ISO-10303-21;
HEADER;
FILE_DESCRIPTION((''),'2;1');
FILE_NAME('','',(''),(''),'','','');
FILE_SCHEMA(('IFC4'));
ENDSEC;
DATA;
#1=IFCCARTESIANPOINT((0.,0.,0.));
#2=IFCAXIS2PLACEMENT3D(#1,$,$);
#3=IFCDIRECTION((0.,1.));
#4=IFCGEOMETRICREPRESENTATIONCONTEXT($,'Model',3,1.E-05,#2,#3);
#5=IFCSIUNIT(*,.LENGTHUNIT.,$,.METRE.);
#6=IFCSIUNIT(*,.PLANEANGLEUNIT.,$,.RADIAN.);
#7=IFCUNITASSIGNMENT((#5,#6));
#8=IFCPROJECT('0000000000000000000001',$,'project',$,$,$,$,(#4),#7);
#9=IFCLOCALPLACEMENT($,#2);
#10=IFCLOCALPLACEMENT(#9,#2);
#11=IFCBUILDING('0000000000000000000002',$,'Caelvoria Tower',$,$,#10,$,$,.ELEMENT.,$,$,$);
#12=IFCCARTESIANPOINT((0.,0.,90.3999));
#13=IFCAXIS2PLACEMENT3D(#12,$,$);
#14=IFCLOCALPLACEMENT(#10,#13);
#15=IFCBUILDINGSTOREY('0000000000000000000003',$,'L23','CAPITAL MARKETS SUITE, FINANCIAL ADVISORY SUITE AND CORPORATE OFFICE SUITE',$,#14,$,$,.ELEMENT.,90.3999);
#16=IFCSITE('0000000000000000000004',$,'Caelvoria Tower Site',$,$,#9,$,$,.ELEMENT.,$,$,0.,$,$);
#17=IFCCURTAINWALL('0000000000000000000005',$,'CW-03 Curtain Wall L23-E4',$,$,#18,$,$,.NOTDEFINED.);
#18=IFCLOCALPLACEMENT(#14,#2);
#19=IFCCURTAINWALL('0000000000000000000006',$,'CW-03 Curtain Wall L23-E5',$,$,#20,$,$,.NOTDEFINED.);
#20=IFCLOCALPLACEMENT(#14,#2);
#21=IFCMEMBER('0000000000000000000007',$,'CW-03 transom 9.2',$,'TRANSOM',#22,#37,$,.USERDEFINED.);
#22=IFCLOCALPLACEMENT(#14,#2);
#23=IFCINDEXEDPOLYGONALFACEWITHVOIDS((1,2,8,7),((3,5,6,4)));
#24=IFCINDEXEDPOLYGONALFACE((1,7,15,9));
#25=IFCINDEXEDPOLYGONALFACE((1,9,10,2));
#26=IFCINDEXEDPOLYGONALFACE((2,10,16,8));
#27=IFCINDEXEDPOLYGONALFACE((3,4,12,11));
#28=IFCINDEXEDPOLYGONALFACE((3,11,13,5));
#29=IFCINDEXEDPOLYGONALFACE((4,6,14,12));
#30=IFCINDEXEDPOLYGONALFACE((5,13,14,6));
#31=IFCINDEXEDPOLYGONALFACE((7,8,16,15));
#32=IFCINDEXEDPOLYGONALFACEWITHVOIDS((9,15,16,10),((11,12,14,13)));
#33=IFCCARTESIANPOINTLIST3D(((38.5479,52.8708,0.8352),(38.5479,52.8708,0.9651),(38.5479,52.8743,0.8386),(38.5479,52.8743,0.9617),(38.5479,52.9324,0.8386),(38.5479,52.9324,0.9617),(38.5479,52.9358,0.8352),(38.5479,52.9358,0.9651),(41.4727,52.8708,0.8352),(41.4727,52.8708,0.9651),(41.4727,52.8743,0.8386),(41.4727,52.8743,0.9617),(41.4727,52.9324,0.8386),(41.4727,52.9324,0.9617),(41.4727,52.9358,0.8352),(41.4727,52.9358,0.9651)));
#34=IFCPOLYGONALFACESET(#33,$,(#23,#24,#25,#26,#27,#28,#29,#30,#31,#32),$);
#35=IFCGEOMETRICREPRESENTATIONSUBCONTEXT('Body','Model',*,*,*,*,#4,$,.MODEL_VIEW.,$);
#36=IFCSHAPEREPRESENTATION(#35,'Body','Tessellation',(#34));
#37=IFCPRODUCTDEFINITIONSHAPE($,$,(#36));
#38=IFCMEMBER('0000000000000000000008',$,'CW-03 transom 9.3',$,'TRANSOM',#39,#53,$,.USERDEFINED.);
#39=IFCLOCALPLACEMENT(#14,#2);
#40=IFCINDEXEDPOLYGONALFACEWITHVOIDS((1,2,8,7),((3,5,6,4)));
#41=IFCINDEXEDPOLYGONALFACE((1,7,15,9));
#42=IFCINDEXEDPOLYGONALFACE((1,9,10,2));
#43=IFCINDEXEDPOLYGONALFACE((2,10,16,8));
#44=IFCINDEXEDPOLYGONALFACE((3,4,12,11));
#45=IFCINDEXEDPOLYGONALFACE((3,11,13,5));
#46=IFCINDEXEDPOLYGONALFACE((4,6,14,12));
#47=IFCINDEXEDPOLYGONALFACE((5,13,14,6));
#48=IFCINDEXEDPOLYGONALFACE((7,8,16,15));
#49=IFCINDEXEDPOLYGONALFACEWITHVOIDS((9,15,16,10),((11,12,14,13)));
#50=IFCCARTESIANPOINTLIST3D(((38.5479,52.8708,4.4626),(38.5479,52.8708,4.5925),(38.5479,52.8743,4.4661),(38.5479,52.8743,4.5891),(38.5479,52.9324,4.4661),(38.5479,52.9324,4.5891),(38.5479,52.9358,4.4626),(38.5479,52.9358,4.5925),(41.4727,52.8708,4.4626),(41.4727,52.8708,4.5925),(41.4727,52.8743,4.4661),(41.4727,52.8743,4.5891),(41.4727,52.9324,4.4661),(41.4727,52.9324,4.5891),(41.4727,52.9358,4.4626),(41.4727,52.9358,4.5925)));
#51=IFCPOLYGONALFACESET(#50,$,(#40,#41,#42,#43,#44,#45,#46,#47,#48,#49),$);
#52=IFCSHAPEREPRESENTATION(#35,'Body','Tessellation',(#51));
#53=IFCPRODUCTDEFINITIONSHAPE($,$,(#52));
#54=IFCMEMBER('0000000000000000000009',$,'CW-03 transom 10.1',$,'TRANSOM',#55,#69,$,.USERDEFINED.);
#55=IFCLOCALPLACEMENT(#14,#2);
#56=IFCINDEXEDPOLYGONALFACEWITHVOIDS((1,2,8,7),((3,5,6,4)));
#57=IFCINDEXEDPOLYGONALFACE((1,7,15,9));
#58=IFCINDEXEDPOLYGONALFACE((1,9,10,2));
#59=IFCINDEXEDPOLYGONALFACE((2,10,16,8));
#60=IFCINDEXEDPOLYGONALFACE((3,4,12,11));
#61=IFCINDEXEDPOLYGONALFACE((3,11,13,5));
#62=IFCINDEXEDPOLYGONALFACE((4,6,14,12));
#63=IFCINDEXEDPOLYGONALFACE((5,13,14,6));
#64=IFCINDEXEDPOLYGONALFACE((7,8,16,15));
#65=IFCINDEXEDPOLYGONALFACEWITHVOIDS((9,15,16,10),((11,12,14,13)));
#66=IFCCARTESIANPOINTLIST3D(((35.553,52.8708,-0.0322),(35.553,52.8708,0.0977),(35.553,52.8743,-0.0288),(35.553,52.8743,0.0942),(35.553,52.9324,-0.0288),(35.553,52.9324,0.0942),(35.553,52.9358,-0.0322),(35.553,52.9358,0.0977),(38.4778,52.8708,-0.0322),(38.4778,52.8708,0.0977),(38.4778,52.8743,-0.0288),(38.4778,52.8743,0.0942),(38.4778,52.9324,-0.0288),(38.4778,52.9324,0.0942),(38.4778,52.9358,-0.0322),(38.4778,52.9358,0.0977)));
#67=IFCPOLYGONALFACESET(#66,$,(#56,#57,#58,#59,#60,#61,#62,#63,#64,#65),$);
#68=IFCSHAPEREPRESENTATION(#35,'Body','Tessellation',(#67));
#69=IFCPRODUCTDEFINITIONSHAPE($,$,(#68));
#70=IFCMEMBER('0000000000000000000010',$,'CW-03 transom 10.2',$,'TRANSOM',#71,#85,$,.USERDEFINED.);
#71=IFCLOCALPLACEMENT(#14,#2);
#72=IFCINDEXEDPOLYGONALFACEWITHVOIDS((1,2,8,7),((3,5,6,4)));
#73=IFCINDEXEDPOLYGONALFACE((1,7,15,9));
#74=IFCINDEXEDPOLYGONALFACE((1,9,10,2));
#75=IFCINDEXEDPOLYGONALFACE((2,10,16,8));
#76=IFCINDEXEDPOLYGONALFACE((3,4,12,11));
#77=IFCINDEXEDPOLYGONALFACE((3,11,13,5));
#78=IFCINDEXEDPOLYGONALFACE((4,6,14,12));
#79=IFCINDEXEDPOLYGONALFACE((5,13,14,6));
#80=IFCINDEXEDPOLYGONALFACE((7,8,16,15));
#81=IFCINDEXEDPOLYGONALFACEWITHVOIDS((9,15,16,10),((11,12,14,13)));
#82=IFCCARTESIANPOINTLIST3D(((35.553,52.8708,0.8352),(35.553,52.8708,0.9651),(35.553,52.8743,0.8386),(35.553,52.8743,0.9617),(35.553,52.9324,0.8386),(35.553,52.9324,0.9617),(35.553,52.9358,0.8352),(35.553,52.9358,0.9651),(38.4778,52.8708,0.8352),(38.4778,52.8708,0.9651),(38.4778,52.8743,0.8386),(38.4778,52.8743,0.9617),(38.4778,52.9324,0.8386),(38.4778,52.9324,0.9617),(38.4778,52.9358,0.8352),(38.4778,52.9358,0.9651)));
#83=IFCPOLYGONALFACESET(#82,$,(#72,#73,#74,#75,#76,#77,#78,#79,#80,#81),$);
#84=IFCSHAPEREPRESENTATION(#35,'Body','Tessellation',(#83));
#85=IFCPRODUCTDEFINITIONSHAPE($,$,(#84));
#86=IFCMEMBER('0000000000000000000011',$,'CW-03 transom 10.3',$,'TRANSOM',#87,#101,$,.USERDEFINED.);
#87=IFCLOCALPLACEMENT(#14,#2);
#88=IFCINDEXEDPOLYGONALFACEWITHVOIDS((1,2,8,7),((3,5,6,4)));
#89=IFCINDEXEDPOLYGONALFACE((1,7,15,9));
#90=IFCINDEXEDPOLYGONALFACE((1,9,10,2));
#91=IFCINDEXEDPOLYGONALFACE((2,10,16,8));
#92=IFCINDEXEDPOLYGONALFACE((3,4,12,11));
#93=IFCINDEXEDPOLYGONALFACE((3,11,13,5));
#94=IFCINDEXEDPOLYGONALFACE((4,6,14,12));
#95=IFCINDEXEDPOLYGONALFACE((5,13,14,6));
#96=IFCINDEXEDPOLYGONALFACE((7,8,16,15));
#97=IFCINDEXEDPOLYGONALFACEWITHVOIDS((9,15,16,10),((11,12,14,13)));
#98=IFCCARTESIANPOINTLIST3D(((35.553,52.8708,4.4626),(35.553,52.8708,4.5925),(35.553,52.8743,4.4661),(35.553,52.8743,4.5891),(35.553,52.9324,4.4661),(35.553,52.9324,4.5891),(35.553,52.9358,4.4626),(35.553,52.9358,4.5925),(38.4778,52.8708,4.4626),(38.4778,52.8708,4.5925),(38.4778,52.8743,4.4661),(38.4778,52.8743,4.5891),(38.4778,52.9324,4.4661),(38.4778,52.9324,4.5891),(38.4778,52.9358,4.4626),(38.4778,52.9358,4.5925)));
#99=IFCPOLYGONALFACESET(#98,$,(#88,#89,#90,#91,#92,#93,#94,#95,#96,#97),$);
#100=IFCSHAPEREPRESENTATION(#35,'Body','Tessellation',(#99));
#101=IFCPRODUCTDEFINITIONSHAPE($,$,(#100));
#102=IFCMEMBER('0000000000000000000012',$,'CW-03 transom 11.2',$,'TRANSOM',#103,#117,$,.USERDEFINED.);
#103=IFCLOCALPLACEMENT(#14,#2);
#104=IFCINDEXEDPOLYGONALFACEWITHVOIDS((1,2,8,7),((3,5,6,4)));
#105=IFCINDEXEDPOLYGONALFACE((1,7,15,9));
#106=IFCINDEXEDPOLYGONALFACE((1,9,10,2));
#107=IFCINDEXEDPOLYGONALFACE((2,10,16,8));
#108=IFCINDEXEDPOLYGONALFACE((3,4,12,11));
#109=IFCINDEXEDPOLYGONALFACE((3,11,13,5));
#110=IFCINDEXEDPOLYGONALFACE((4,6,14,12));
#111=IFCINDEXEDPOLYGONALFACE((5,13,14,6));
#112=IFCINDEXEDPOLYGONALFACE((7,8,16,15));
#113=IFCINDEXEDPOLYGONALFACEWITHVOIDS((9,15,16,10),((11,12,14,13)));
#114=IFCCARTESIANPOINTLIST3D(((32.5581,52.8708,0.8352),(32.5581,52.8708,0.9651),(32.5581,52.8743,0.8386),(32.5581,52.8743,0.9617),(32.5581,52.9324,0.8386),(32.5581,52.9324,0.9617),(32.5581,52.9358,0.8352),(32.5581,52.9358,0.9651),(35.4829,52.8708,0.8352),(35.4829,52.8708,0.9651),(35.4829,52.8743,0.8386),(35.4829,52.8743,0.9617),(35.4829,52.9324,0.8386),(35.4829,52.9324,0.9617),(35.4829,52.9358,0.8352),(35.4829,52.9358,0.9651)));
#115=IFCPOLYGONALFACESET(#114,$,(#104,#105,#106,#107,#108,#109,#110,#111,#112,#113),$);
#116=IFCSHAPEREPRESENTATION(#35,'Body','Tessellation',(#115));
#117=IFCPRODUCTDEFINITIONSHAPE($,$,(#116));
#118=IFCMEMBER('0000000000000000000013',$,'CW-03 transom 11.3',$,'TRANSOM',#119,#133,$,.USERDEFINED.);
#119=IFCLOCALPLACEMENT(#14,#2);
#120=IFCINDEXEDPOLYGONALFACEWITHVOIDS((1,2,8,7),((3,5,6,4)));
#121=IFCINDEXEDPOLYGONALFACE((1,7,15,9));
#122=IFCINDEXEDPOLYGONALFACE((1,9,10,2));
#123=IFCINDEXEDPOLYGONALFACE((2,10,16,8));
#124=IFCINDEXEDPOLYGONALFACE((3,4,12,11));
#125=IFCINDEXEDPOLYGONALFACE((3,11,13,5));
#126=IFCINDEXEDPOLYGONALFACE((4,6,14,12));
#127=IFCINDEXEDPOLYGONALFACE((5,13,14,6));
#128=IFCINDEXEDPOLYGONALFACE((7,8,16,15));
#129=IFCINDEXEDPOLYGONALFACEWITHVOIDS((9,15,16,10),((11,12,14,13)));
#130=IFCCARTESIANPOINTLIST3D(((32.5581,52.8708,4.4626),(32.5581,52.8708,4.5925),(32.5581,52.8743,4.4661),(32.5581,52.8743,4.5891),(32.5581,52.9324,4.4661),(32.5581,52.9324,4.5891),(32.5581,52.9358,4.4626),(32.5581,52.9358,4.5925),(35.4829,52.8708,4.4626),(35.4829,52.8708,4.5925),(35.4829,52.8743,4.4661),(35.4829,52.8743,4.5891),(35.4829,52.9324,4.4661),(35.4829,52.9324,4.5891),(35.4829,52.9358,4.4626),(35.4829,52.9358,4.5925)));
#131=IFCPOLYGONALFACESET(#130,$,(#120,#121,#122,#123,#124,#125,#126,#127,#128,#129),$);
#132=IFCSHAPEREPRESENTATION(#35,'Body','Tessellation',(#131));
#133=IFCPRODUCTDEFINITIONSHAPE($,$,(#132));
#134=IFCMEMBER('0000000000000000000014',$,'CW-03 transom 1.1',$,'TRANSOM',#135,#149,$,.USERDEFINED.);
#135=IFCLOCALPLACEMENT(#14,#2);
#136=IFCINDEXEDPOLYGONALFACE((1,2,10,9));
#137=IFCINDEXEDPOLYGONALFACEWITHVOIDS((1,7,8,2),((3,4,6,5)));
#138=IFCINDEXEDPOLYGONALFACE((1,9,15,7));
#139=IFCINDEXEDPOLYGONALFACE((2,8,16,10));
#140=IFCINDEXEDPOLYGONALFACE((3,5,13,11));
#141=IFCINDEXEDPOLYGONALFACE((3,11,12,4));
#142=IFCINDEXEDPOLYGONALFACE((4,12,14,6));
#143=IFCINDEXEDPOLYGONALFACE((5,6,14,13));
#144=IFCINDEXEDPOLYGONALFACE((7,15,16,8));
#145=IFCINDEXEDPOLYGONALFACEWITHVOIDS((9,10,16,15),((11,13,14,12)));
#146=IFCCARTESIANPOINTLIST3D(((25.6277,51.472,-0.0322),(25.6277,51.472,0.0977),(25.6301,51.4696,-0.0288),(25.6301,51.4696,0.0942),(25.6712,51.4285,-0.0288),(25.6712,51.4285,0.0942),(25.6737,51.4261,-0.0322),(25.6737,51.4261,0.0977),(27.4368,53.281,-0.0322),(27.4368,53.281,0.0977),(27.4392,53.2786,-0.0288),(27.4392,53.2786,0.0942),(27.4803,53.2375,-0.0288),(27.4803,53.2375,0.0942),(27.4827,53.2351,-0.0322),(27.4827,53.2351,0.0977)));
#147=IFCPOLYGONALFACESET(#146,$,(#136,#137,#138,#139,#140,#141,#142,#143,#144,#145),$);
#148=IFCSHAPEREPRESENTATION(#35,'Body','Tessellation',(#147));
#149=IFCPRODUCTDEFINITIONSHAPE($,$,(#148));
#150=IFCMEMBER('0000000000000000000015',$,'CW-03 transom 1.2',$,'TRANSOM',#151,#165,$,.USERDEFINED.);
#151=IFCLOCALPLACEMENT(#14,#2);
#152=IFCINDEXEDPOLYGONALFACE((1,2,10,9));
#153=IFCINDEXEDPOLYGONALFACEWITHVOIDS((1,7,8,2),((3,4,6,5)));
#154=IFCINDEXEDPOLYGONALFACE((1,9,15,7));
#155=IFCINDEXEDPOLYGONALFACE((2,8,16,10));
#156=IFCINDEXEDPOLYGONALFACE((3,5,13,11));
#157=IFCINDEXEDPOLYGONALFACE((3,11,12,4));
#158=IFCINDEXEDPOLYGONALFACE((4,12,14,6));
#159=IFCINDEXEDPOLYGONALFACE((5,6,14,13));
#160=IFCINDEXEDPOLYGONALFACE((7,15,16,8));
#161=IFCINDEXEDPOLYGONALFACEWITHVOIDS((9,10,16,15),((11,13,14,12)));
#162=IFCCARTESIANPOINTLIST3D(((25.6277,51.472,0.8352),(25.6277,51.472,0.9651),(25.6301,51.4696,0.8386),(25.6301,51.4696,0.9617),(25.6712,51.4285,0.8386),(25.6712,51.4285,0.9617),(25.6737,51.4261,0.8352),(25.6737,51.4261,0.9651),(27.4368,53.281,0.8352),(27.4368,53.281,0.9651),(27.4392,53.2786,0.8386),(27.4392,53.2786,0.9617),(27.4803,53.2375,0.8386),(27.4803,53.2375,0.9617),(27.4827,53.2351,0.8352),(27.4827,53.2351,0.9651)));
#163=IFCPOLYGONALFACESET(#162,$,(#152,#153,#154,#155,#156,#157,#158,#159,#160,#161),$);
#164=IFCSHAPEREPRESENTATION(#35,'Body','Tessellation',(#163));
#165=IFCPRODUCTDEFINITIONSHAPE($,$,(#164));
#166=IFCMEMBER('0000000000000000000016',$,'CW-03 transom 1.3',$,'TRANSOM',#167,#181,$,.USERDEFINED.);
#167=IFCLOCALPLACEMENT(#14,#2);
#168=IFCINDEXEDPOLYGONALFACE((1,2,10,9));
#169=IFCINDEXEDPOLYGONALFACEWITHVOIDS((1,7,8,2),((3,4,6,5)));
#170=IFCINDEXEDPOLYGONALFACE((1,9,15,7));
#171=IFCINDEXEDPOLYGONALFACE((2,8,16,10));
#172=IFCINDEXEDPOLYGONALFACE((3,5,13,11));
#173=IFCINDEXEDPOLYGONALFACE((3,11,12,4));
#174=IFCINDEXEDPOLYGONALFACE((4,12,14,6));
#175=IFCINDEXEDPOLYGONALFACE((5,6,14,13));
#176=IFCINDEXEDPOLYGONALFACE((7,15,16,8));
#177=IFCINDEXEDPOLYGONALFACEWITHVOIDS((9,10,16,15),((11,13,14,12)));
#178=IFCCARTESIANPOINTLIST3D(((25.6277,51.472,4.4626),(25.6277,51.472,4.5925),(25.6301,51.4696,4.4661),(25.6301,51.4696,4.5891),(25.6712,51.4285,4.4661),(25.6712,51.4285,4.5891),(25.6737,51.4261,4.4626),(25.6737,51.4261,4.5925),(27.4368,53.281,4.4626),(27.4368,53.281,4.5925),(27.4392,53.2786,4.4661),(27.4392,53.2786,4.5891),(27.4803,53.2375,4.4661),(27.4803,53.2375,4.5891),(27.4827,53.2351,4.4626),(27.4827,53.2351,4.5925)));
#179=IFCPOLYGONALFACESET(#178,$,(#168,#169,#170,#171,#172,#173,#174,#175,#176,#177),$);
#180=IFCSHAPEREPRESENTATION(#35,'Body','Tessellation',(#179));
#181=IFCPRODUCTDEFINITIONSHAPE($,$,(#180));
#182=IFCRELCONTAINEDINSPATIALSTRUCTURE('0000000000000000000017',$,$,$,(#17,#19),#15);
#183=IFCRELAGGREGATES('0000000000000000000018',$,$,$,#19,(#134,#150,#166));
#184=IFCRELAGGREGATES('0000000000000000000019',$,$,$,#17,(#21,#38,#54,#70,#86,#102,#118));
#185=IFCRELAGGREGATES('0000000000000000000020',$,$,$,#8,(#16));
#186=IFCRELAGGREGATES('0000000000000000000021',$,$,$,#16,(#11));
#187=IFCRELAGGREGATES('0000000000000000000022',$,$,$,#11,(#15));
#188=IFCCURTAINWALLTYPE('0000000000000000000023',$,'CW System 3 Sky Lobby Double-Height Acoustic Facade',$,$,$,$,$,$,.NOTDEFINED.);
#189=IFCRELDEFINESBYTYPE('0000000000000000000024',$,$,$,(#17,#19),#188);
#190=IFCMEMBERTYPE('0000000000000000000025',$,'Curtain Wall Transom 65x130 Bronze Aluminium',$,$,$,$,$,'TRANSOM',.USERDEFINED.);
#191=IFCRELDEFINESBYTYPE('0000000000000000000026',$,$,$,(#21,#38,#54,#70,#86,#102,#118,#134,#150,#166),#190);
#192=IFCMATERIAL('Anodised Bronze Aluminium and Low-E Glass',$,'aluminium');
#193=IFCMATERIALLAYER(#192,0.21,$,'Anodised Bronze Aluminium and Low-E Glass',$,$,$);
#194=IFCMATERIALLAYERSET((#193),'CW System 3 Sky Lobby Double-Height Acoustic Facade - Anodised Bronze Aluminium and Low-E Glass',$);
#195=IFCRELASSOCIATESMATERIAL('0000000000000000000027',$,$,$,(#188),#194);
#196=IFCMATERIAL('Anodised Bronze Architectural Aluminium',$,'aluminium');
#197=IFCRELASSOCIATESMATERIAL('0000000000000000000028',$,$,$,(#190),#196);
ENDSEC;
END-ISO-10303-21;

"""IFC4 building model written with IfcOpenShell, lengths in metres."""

from ifc_helpers import new_model, si_unit, direction, frame, origin, origin_2d, place, context, subcontext, project, spatial, hollow_rectangle, extrude, material, layer, layer_set, material_profile, profile_set, type_object, element, aggregate, save


model = new_model("IFC4")

# Units and contexts
model_context = context("Model", 3, precision=1e-05, world=origin(), true_north=direction((0.0, 1.0)))
body_context = subcontext(model_context, "Body", "Model", "MODEL_VIEW")
ifc_project = project(units=[si_unit("LENGTHUNIT", "METRE"), si_unit("PLANEANGLEUNIT", "RADIAN")], contexts=[model_context])

# Site, building, storey
site_placement = place(None, origin())
site = spatial("IfcSite", under=ifc_project, at=site_placement, Name="Caelvoria Tower Site", CompositionType="ELEMENT", RefElevation=0.0)
building_placement = place(site_placement, origin())
building = spatial("IfcBuilding", under=site, at=building_placement, Name="Caelvoria Tower", CompositionType="ELEMENT")
storey_placement = place(building_placement, frame((0.0, 0.0, 90.3999)))
storey = spatial("IfcBuildingStorey", under=building, at=storey_placement, Name="L23", Description="CAPITAL MARKETS SUITE, FINANCIAL ADVISORY SUITE AND CORPORATE OFFICE SUITE", CompositionType="ELEMENT", Elevation=90.3999)

# Curtain wall
ifc_material_1 = material(Name="Anodised Bronze Aluminium and Low-E Glass", Category="aluminium")
ifc_layer_1 = layer(ifc_material_1, 0.21, Name="Anodised Bronze Aluminium and Low-E Glass")
ifc_layer_set_1 = layer_set([ifc_layer_1], Name="CW System 3 Sky Lobby Double-Height Acoustic Facade - Anodised Bronze Aluminium and Low-E Glass")
curtain_wall_type = type_object("IfcCurtainWallType", Name="CW System 3 Sky Lobby Double-Height Acoustic Facade", PredefinedType="NOTDEFINED", material=ifc_layer_set_1)
curtain_wall_1_placement = place(storey_placement, origin())
curtain_wall_1 = element("IfcCurtainWall", 1, at=curtain_wall_1_placement, inside=storey, type_object=curtain_wall_type, Name="CW-03 Curtain Wall L23-E4", PredefinedType="NOTDEFINED")
ifc_material_2 = material(Name="Anodised Bronze Architectural Aluminium", Category="aluminium")

# Curtain wall
curtain_wall_2_placement = place(storey_placement, origin())
curtain_wall_2 = element("IfcCurtainWall", 2, at=curtain_wall_2_placement, inside=storey, type_object=curtain_wall_type, Name="CW-03 Curtain Wall L23-E5", PredefinedType="NOTDEFINED")

# Members
ifc_material_profile_1 = material_profile(ifc_material_2, hollow_rectangle(XDim=0.0649, YDim=0.1299, WallThickness=0.0034, at=origin_2d()), Name="Anodised Bronze Architectural Aluminium")
ifc_profile_set_1 = profile_set([ifc_material_profile_1], Name="CW_TRAN_65X130 - Anodised Bronze Architectural Aluminium")
member_type_1 = type_object("IfcMemberType", Name="Curtain Wall Transom 65x130 Bronze Aluminium", ElementType="TRANSOM", PredefinedType="USERDEFINED", material=ifc_profile_set_1)
member_1_placement = place(storey_placement, frame((41.4727, 52.9033, 0.9001), z_axis=(-1.0, 0.0, 0.0), x_axis=(0.0, -1.0, 0.0)))
member_1 = element("IfcMember", 3, at=member_1_placement, type_object=member_type_1, Name="CW-03 transom 9.2", ObjectType="TRANSOM", PredefinedType="USERDEFINED", context=body_context, shape_type="SweptSolid", body=[
    extrude(hollow_rectangle(XDim=0.0649, YDim=0.1299, WallThickness=0.0034, at=origin_2d()), origin(), (0.0, 0.0, 1.0), 2.9248),
])
member_2_placement = place(storey_placement, frame((41.4727, 52.9033, 4.5276), z_axis=(-1.0, 0.0, 0.0), x_axis=(0.0, -1.0, 0.0)))
member_2 = element("IfcMember", 4, at=member_2_placement, type_object=member_type_1, Name="CW-03 transom 9.3", ObjectType="TRANSOM", PredefinedType="USERDEFINED", context=body_context, shape_type="SweptSolid", body=[
    extrude(hollow_rectangle(XDim=0.0649, YDim=0.1299, WallThickness=0.0034, at=origin_2d()), origin(), (0.0, 0.0, 1.0), 2.9248),
])
member_3_placement = place(storey_placement, frame((38.4778, 52.9033, 0.0327), z_axis=(-1.0, 0.0, 0.0), x_axis=(0.0, -1.0, 0.0)))
member_3 = element("IfcMember", 5, at=member_3_placement, type_object=member_type_1, Name="CW-03 transom 10.1", ObjectType="TRANSOM", PredefinedType="USERDEFINED", context=body_context, shape_type="SweptSolid", body=[
    extrude(hollow_rectangle(XDim=0.0649, YDim=0.1299, WallThickness=0.0034, at=origin_2d()), origin(), (0.0, 0.0, 1.0), 2.9248),
])
member_4_placement = place(storey_placement, frame((38.4778, 52.9033, 0.9001), z_axis=(-1.0, 0.0, 0.0), x_axis=(0.0, -1.0, 0.0)))
member_4 = element("IfcMember", 6, at=member_4_placement, type_object=member_type_1, Name="CW-03 transom 10.2", ObjectType="TRANSOM", PredefinedType="USERDEFINED", context=body_context, shape_type="SweptSolid", body=[
    extrude(hollow_rectangle(XDim=0.0649, YDim=0.1299, WallThickness=0.0034, at=origin_2d()), origin(), (0.0, 0.0, 1.0), 2.9248),
])
member_5_placement = place(storey_placement, frame((38.4778, 52.9033, 4.5276), z_axis=(-1.0, 0.0, 0.0), x_axis=(0.0, -1.0, 0.0)))
member_5 = element("IfcMember", 7, at=member_5_placement, type_object=member_type_1, Name="CW-03 transom 10.3", ObjectType="TRANSOM", PredefinedType="USERDEFINED", context=body_context, shape_type="SweptSolid", body=[
    extrude(hollow_rectangle(XDim=0.0649, YDim=0.1299, WallThickness=0.0034, at=origin_2d()), origin(), (0.0, 0.0, 1.0), 2.9248),
])
member_6_placement = place(storey_placement, frame((35.4829, 52.9033, 0.9001), z_axis=(-1.0, 0.0, 0.0), x_axis=(0.0, -1.0, 0.0)))
member_6 = element("IfcMember", 8, at=member_6_placement, type_object=member_type_1, Name="CW-03 transom 11.2", ObjectType="TRANSOM", PredefinedType="USERDEFINED", context=body_context, shape_type="SweptSolid", body=[
    extrude(hollow_rectangle(XDim=0.0649, YDim=0.1299, WallThickness=0.0034, at=origin_2d()), origin(), (0.0, 0.0, 1.0), 2.9248),
])
member_7_placement = place(storey_placement, frame((35.4829, 52.9033, 4.5276), z_axis=(-1.0, 0.0, 0.0), x_axis=(0.0, -1.0, 0.0)))
member_7 = element("IfcMember", 9, at=member_7_placement, type_object=member_type_1, Name="CW-03 transom 11.3", ObjectType="TRANSOM", PredefinedType="USERDEFINED", context=body_context, shape_type="SweptSolid", body=[
    extrude(hollow_rectangle(XDim=0.0649, YDim=0.1299, WallThickness=0.0034, at=origin_2d()), origin(), (0.0, 0.0, 1.0), 2.9248),
])
member_8_placement = place(storey_placement, frame((27.4597, 53.2581, 0.0327), z_axis=(-0.707107, -0.707107, 0.0), x_axis=(0.707107, -0.707107, 0.0)))
member_8 = element("IfcMember", 10, at=member_8_placement, type_object=member_type_1, Name="CW-03 transom 1.1", ObjectType="TRANSOM", PredefinedType="USERDEFINED", context=body_context, shape_type="SweptSolid", body=[
    extrude(hollow_rectangle(XDim=0.0649, YDim=0.1299, WallThickness=0.0034, at=origin_2d()), origin(), (0.0, 0.0, 1.0), 2.5583),
])
member_9_placement = place(storey_placement, frame((27.4597, 53.2581, 0.9001), z_axis=(-0.707107, -0.707107, 0.0), x_axis=(0.707107, -0.707107, 0.0)))
member_9 = element("IfcMember", 11, at=member_9_placement, type_object=member_type_1, Name="CW-03 transom 1.2", ObjectType="TRANSOM", PredefinedType="USERDEFINED", context=body_context, shape_type="SweptSolid", body=[
    extrude(hollow_rectangle(XDim=0.0649, YDim=0.1299, WallThickness=0.0034, at=origin_2d()), origin(), (0.0, 0.0, 1.0), 2.5583),
])
member_10_placement = place(storey_placement, frame((27.4597, 53.2581, 4.5276), z_axis=(-0.707107, -0.707107, 0.0), x_axis=(0.707107, -0.707107, 0.0)))
member_10 = element("IfcMember", 12, at=member_10_placement, type_object=member_type_1, Name="CW-03 transom 1.3", ObjectType="TRANSOM", PredefinedType="USERDEFINED", context=body_context, shape_type="SweptSolid", body=[
    extrude(hollow_rectangle(XDim=0.0649, YDim=0.1299, WallThickness=0.0034, at=origin_2d()), origin(), (0.0, 0.0, 1.0), 2.5583),
])
aggregate(curtain_wall_2, [member_8, member_9, member_10])

aggregate(curtain_wall_1, [member_1, member_2, member_3, member_4, member_5, member_6, member_7])

save(model, "model.ifc")
